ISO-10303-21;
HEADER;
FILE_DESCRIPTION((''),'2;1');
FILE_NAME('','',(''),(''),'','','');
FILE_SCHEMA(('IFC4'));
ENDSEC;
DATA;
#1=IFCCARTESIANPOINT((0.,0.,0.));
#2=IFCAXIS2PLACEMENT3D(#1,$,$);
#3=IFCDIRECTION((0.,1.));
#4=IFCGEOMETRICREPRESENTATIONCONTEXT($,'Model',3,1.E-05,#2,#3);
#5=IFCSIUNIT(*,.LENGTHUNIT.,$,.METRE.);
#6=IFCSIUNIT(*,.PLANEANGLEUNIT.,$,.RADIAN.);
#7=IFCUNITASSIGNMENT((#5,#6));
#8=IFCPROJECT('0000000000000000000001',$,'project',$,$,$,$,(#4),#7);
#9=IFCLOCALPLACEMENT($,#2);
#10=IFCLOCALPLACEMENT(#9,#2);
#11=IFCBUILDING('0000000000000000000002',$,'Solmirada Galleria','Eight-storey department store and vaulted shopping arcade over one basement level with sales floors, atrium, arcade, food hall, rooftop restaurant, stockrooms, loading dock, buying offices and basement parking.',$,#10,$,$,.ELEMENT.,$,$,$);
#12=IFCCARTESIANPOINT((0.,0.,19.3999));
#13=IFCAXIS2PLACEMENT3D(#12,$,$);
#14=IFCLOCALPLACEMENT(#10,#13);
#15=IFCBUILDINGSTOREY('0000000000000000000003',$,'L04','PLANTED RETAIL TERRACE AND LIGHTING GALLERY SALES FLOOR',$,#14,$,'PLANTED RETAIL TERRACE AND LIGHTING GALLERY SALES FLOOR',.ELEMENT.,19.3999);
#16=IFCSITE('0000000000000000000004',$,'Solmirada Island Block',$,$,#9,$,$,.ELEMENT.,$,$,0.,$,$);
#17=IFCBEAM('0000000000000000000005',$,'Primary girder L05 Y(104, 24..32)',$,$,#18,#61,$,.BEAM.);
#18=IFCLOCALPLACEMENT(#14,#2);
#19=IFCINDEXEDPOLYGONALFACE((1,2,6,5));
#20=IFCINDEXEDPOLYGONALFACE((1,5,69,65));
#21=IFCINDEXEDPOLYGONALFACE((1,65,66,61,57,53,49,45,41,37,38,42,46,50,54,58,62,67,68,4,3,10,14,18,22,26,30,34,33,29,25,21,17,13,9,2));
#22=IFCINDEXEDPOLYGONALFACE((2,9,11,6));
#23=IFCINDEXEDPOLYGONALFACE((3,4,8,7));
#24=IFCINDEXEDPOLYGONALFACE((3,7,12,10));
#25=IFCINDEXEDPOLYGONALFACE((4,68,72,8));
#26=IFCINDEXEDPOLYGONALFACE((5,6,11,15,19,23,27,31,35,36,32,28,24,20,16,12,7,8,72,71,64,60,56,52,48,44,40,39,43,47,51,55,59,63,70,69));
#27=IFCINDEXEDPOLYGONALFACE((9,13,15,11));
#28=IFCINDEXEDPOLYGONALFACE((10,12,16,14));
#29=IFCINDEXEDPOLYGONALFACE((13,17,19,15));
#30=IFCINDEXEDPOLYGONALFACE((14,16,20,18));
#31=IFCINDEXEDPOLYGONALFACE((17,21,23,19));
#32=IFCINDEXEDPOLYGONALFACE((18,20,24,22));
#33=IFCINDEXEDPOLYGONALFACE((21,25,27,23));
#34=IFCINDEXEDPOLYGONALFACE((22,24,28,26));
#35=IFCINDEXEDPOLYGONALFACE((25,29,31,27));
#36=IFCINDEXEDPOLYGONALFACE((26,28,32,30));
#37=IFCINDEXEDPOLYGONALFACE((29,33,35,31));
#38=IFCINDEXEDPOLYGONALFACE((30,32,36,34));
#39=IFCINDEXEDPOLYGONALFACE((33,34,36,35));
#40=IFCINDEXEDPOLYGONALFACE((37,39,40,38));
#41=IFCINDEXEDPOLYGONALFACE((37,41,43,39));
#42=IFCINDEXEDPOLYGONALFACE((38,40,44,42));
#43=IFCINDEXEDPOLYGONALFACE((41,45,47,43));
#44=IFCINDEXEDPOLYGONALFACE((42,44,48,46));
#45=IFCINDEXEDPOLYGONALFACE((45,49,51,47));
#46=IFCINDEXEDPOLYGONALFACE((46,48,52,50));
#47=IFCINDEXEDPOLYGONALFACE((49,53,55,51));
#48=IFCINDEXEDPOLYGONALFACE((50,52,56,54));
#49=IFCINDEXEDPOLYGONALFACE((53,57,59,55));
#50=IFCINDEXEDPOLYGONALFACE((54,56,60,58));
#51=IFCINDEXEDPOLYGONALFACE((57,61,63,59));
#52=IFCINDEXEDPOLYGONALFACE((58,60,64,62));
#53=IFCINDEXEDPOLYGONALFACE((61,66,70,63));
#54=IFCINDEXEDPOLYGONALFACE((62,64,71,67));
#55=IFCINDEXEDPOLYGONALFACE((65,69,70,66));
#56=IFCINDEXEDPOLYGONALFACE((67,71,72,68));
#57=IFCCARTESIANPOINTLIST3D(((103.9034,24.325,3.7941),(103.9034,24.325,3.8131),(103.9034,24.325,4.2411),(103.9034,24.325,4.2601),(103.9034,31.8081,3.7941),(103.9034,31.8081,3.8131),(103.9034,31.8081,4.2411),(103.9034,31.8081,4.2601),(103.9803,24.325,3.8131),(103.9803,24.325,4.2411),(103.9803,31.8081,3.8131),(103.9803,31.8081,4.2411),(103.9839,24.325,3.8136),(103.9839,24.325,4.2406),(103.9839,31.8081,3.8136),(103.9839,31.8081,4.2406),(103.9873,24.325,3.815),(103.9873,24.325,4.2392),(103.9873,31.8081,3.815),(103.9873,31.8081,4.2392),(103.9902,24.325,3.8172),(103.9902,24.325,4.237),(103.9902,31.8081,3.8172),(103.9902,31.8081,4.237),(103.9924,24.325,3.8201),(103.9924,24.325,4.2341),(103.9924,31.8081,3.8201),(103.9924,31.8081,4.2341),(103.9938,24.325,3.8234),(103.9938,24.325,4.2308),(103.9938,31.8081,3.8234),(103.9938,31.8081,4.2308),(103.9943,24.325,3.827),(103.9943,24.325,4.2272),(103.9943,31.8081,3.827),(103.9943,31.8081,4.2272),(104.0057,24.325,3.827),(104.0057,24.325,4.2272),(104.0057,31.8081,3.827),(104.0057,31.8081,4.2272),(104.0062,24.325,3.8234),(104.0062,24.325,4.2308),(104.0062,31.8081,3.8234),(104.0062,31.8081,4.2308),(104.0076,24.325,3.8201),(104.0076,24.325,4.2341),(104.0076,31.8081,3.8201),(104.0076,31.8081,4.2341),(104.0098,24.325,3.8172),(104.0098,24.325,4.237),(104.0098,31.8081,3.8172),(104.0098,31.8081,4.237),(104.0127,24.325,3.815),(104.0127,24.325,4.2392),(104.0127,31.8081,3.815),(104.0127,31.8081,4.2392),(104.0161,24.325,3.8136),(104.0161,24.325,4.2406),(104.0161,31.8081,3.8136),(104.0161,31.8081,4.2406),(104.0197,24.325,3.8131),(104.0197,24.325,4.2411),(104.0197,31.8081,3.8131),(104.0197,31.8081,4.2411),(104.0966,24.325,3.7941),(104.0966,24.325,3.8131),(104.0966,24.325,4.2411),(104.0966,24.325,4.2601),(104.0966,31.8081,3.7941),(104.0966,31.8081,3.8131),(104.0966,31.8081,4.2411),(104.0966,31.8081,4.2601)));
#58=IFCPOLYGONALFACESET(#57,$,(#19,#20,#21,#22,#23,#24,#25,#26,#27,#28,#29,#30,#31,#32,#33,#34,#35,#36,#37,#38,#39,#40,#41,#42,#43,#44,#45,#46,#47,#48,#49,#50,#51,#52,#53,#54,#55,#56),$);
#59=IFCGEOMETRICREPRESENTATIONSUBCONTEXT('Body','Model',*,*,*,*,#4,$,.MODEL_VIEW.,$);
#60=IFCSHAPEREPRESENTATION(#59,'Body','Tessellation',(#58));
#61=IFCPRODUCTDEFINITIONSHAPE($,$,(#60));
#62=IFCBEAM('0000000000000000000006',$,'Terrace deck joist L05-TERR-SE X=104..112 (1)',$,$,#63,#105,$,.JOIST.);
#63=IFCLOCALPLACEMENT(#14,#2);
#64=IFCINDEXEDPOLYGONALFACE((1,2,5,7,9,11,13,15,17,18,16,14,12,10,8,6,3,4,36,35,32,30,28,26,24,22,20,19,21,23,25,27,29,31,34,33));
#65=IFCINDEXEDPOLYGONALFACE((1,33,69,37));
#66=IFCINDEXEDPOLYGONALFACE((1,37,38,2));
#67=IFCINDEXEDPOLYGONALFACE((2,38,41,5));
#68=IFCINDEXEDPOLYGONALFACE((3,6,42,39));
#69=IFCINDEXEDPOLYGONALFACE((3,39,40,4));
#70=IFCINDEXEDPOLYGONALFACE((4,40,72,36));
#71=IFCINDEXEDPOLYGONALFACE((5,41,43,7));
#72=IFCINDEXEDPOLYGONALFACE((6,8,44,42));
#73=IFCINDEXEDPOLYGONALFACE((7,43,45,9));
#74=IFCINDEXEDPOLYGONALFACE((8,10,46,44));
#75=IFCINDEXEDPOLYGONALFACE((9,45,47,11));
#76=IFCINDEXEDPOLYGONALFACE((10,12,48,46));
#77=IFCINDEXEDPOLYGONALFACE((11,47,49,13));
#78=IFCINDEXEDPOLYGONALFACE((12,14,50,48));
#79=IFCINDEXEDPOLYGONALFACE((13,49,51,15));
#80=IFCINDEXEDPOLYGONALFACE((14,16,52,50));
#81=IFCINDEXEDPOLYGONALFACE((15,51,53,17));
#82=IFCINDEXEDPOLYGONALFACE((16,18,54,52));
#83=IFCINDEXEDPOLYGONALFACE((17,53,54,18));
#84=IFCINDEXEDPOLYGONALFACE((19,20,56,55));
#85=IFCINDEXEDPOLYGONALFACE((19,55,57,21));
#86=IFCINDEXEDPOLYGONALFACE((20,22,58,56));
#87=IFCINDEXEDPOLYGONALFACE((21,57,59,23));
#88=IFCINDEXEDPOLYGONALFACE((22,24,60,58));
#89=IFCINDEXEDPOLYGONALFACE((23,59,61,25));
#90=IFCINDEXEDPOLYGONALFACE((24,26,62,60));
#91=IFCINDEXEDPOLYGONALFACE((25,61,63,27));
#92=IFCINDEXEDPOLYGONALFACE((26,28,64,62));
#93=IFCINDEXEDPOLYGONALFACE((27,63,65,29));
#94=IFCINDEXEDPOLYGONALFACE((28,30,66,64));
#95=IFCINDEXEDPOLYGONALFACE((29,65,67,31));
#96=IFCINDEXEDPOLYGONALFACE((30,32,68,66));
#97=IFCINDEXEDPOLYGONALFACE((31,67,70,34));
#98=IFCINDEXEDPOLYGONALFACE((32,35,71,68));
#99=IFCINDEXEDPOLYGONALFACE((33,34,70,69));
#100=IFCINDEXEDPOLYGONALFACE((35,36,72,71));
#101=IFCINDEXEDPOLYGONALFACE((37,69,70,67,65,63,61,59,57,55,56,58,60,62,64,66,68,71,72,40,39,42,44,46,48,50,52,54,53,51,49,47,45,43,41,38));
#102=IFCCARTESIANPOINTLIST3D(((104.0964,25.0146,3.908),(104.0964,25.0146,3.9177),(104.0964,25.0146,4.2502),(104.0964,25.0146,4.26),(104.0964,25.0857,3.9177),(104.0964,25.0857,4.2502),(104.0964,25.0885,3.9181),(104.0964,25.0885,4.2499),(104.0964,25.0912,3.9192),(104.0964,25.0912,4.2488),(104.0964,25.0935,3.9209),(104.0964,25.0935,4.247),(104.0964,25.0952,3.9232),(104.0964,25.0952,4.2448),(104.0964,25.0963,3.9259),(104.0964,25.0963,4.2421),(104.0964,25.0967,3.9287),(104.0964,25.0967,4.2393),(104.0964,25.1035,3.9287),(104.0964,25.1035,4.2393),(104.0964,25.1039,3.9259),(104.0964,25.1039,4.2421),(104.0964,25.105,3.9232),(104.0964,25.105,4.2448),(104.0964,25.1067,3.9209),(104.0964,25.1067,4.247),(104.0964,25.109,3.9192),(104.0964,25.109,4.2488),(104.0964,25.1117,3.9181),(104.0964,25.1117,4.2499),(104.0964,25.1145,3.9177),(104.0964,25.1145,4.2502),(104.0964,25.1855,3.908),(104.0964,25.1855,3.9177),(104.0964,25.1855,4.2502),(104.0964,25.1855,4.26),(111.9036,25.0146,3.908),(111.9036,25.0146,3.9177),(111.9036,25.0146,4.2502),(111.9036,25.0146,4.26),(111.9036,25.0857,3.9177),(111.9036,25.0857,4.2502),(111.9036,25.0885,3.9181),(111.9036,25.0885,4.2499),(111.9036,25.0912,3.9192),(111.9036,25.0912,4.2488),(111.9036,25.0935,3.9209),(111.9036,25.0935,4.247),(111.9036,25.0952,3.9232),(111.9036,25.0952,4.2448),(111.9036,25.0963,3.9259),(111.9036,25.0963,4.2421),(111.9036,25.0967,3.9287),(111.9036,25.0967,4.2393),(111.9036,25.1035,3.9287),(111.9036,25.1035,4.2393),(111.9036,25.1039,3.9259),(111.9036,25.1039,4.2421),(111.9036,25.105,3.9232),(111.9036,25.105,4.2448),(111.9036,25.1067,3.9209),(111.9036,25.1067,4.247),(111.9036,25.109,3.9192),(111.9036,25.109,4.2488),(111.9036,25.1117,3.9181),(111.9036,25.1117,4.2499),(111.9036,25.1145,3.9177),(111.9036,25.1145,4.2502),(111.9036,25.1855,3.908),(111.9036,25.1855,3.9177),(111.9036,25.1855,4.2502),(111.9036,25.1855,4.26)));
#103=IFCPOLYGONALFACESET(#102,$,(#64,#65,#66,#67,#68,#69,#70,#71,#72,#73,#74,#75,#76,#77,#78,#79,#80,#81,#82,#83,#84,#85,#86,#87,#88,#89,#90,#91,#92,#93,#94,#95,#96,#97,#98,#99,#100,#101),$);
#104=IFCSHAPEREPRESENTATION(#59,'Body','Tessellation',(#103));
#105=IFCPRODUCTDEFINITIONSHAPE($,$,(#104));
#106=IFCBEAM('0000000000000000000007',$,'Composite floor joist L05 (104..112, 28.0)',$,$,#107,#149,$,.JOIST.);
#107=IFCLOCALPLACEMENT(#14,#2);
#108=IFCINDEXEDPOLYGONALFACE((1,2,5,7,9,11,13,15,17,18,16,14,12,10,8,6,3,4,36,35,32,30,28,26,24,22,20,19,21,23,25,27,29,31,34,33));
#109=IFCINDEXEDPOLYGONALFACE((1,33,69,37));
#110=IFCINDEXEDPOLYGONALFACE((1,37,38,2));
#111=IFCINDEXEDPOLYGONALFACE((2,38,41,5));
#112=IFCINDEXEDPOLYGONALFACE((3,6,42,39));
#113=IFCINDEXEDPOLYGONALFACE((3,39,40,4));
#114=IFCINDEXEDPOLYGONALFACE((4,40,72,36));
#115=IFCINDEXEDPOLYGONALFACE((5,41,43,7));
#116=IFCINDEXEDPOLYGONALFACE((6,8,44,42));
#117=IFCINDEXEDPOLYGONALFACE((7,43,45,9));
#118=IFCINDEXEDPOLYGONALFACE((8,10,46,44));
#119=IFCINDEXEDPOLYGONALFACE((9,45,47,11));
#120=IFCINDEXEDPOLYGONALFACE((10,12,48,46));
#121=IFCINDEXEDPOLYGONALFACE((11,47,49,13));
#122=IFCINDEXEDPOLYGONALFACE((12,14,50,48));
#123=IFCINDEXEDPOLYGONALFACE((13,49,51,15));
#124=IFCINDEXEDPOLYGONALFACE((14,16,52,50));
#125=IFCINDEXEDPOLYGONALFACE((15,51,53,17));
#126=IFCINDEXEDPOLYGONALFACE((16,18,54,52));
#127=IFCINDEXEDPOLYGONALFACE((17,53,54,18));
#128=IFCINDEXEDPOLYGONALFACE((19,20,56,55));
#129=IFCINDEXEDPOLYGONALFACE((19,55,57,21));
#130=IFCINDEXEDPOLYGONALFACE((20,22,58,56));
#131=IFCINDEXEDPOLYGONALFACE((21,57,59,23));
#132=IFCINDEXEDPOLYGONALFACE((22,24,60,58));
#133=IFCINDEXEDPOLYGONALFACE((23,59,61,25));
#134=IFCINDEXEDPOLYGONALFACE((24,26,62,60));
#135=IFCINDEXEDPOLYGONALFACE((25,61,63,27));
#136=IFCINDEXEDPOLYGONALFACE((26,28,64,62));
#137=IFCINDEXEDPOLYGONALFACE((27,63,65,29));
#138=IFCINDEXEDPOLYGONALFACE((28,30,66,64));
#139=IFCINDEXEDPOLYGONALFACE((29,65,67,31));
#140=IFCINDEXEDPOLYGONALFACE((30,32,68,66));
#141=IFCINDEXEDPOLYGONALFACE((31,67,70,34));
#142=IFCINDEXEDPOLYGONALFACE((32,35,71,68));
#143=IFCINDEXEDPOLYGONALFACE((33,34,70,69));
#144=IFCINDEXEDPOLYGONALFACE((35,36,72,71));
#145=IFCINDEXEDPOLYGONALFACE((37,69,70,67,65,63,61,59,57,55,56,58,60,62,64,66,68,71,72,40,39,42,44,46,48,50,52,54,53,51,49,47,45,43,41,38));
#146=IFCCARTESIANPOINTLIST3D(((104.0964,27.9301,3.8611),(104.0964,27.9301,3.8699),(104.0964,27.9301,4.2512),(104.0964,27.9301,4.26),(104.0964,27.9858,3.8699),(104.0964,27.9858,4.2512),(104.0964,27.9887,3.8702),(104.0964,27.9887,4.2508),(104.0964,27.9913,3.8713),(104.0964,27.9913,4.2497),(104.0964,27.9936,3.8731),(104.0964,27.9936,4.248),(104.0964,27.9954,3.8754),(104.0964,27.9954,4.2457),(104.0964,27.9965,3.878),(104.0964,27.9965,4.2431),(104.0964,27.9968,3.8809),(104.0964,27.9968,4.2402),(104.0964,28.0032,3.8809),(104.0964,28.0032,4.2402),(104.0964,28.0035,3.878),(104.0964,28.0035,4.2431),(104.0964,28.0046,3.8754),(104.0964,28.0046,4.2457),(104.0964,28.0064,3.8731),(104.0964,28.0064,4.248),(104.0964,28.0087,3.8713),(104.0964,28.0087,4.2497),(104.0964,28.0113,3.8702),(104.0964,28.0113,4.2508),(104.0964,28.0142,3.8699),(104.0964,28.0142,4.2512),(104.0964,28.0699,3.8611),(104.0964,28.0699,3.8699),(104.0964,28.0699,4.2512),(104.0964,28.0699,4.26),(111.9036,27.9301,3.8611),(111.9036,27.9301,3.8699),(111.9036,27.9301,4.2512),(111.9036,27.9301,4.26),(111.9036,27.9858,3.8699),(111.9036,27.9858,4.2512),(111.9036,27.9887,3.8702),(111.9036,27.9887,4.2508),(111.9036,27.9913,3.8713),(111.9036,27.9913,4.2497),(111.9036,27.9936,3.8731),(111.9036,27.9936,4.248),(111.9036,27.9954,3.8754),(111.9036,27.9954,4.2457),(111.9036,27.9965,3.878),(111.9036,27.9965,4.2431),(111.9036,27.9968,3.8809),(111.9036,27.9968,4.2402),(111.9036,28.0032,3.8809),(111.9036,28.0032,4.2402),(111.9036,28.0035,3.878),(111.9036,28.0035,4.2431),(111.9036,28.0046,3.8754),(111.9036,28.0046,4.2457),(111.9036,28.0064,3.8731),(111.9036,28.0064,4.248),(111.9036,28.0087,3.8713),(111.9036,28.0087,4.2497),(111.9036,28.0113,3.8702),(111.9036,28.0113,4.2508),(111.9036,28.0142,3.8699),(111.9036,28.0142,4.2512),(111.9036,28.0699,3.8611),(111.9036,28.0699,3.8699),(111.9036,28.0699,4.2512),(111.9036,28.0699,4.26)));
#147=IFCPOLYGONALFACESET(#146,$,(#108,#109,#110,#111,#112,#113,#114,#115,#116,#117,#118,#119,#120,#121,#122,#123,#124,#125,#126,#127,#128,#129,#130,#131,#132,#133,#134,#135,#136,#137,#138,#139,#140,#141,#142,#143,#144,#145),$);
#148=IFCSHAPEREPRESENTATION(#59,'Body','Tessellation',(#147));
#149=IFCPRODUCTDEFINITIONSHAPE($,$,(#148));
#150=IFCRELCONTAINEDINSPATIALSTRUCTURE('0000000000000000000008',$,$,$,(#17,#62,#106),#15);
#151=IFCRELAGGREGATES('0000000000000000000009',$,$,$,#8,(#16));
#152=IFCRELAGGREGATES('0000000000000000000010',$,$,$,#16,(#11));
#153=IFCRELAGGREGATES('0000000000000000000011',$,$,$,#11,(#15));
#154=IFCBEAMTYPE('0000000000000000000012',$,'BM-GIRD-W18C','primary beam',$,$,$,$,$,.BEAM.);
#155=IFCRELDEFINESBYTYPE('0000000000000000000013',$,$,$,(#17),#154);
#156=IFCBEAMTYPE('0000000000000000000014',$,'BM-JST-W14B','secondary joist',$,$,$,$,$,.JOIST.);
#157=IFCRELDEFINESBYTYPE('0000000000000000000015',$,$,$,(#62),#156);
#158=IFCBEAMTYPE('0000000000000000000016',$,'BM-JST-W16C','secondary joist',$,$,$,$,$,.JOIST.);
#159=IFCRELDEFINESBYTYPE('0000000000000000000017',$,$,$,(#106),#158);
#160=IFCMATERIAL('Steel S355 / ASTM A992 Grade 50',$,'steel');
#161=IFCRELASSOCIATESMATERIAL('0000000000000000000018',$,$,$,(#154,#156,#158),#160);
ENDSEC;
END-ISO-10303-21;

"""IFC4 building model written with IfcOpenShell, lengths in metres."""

from ifc_helpers import new_model, si_unit, direction, frame, origin, origin_2d, place, context, subcontext, project, spatial, i_section, extrude, material, material_profile, profile_set, type_object, element, save


model = new_model("IFC4")

# Units and contexts
model_context = context("Model", 3, precision=1e-05, world=origin(), true_north=direction((0.0, 1.0)))
body_context = subcontext(model_context, "Body", "Model", "MODEL_VIEW")
ifc_project = project(units=[si_unit("LENGTHUNIT", "METRE"), si_unit("PLANEANGLEUNIT", "RADIAN")], contexts=[model_context])

# Site, building, storey
site_placement = place(None, origin())
site = spatial("IfcSite", under=ifc_project, at=site_placement, Name="Solmirada Island Block", CompositionType="ELEMENT", RefElevation=0.0)
building_placement = place(site_placement, origin())
building = spatial("IfcBuilding", under=site, at=building_placement, Name="Solmirada Galleria", Description="Eight-storey department store and vaulted shopping arcade over one basement level with sales floors, atrium, arcade, food hall, rooftop restaurant, stockrooms, loading dock, buying offices and basement parking.", CompositionType="ELEMENT")
storey_placement = place(building_placement, frame((0.0, 0.0, 19.3999)))
storey = spatial("IfcBuildingStorey", under=building, at=storey_placement, Name="L04", Description="PLANTED RETAIL TERRACE AND LIGHTING GALLERY SALES FLOOR", LongName="PLANTED RETAIL TERRACE AND LIGHTING GALLERY SALES FLOOR", CompositionType="ELEMENT", Elevation=19.3999)

# Beams
ifc_material_1 = material(Name="Steel S355 / ASTM A992 Grade 50", Category="steel")
ifc_material_profile_1 = material_profile(ifc_material_1, i_section(OverallWidth=0.1931, OverallDepth=0.4661, WebThickness=0.0115, FlangeThickness=0.019, FilletRadius=0.0139, at=origin_2d()), Name="W18X65")
ifc_profile_set_1 = profile_set([ifc_material_profile_1], Name="Steel S355 / ASTM A992 Grade 50")
beam_type_1 = type_object("IfcBeamType", Name="BM-GIRD-W18C", Description="primary beam", PredefinedType="BEAM", material=ifc_profile_set_1)
beam_1_placement = place(storey_placement, frame((104.0, 24.325, 4.0271), z_axis=(0.0, 1.0, 0.0), x_axis=(-1.0, 0.0, 0.0)))
element("IfcBeam", 1, at=beam_1_placement, inside=storey, type_object=beam_type_1, Name="Primary girder L05 Y(104, 24..32)", PredefinedType="BEAM", context=body_context, shape_type="SweptSolid", body=[
    extrude(i_section(OverallWidth=0.1931, OverallDepth=0.4661, WebThickness=0.0115, FlangeThickness=0.019, FilletRadius=0.0139, at=origin_2d()), origin(), (0.0, 0.0, 1.0), 7.4832),
])
ifc_material_profile_2 = material_profile(ifc_material_1, i_section(OverallWidth=0.1709, OverallDepth=0.3521, WebThickness=0.0068, FlangeThickness=0.0098, FilletRadius=0.011, at=origin_2d()), Name="W14X30")
ifc_profile_set_2 = profile_set([ifc_material_profile_2], Name="Steel S355 / ASTM A992 Grade 50")
beam_type_2 = type_object("IfcBeamType", Name="BM-JST-W14B", Description="secondary joist", PredefinedType="JOIST", material=ifc_profile_set_2)
beam_2_placement = place(storey_placement, frame((104.0964, 25.1001, 4.084), z_axis=(1.0, 0.0, 0.0), x_axis=(0.0, 1.0, 0.0)))
element("IfcBeam", 2, at=beam_2_placement, inside=storey, type_object=beam_type_2, Name="Terrace deck joist L05-TERR-SE X=104..112 (1)", PredefinedType="JOIST", context=body_context, shape_type="SweptSolid", body=[
    extrude(i_section(OverallWidth=0.1709, OverallDepth=0.3521, WebThickness=0.0068, FlangeThickness=0.0098, FilletRadius=0.011, at=origin_2d()), origin(), (0.0, 0.0, 1.0), 7.8071),
])
ifc_material_profile_3 = material_profile(ifc_material_1, i_section(OverallWidth=0.1399, OverallDepth=0.3989, WebThickness=0.0063, FlangeThickness=0.0088, FilletRadius=0.011, at=origin_2d()), Name="W16X26")
ifc_profile_set_3 = profile_set([ifc_material_profile_3], Name="Steel S355 / ASTM A992 Grade 50")
beam_type_3 = type_object("IfcBeamType", Name="BM-JST-W16C", Description="secondary joist", PredefinedType="JOIST", material=ifc_profile_set_3)
beam_3_placement = place(storey_placement, frame((104.0964, 28.0, 4.0605), z_axis=(1.0, 0.0, 0.0), x_axis=(0.0, 1.0, 0.0)))
element("IfcBeam", 3, at=beam_3_placement, inside=storey, type_object=beam_type_3, Name="Composite floor joist L05 (104..112, 28.0)", PredefinedType="JOIST", context=body_context, shape_type="SweptSolid", body=[
    extrude(i_section(OverallWidth=0.1399, OverallDepth=0.3989, WebThickness=0.0063, FlangeThickness=0.0088, FilletRadius=0.011, at=origin_2d()), origin(), (0.0, 0.0, 1.0), 7.8071),
])

save(model, "model.ifc")
